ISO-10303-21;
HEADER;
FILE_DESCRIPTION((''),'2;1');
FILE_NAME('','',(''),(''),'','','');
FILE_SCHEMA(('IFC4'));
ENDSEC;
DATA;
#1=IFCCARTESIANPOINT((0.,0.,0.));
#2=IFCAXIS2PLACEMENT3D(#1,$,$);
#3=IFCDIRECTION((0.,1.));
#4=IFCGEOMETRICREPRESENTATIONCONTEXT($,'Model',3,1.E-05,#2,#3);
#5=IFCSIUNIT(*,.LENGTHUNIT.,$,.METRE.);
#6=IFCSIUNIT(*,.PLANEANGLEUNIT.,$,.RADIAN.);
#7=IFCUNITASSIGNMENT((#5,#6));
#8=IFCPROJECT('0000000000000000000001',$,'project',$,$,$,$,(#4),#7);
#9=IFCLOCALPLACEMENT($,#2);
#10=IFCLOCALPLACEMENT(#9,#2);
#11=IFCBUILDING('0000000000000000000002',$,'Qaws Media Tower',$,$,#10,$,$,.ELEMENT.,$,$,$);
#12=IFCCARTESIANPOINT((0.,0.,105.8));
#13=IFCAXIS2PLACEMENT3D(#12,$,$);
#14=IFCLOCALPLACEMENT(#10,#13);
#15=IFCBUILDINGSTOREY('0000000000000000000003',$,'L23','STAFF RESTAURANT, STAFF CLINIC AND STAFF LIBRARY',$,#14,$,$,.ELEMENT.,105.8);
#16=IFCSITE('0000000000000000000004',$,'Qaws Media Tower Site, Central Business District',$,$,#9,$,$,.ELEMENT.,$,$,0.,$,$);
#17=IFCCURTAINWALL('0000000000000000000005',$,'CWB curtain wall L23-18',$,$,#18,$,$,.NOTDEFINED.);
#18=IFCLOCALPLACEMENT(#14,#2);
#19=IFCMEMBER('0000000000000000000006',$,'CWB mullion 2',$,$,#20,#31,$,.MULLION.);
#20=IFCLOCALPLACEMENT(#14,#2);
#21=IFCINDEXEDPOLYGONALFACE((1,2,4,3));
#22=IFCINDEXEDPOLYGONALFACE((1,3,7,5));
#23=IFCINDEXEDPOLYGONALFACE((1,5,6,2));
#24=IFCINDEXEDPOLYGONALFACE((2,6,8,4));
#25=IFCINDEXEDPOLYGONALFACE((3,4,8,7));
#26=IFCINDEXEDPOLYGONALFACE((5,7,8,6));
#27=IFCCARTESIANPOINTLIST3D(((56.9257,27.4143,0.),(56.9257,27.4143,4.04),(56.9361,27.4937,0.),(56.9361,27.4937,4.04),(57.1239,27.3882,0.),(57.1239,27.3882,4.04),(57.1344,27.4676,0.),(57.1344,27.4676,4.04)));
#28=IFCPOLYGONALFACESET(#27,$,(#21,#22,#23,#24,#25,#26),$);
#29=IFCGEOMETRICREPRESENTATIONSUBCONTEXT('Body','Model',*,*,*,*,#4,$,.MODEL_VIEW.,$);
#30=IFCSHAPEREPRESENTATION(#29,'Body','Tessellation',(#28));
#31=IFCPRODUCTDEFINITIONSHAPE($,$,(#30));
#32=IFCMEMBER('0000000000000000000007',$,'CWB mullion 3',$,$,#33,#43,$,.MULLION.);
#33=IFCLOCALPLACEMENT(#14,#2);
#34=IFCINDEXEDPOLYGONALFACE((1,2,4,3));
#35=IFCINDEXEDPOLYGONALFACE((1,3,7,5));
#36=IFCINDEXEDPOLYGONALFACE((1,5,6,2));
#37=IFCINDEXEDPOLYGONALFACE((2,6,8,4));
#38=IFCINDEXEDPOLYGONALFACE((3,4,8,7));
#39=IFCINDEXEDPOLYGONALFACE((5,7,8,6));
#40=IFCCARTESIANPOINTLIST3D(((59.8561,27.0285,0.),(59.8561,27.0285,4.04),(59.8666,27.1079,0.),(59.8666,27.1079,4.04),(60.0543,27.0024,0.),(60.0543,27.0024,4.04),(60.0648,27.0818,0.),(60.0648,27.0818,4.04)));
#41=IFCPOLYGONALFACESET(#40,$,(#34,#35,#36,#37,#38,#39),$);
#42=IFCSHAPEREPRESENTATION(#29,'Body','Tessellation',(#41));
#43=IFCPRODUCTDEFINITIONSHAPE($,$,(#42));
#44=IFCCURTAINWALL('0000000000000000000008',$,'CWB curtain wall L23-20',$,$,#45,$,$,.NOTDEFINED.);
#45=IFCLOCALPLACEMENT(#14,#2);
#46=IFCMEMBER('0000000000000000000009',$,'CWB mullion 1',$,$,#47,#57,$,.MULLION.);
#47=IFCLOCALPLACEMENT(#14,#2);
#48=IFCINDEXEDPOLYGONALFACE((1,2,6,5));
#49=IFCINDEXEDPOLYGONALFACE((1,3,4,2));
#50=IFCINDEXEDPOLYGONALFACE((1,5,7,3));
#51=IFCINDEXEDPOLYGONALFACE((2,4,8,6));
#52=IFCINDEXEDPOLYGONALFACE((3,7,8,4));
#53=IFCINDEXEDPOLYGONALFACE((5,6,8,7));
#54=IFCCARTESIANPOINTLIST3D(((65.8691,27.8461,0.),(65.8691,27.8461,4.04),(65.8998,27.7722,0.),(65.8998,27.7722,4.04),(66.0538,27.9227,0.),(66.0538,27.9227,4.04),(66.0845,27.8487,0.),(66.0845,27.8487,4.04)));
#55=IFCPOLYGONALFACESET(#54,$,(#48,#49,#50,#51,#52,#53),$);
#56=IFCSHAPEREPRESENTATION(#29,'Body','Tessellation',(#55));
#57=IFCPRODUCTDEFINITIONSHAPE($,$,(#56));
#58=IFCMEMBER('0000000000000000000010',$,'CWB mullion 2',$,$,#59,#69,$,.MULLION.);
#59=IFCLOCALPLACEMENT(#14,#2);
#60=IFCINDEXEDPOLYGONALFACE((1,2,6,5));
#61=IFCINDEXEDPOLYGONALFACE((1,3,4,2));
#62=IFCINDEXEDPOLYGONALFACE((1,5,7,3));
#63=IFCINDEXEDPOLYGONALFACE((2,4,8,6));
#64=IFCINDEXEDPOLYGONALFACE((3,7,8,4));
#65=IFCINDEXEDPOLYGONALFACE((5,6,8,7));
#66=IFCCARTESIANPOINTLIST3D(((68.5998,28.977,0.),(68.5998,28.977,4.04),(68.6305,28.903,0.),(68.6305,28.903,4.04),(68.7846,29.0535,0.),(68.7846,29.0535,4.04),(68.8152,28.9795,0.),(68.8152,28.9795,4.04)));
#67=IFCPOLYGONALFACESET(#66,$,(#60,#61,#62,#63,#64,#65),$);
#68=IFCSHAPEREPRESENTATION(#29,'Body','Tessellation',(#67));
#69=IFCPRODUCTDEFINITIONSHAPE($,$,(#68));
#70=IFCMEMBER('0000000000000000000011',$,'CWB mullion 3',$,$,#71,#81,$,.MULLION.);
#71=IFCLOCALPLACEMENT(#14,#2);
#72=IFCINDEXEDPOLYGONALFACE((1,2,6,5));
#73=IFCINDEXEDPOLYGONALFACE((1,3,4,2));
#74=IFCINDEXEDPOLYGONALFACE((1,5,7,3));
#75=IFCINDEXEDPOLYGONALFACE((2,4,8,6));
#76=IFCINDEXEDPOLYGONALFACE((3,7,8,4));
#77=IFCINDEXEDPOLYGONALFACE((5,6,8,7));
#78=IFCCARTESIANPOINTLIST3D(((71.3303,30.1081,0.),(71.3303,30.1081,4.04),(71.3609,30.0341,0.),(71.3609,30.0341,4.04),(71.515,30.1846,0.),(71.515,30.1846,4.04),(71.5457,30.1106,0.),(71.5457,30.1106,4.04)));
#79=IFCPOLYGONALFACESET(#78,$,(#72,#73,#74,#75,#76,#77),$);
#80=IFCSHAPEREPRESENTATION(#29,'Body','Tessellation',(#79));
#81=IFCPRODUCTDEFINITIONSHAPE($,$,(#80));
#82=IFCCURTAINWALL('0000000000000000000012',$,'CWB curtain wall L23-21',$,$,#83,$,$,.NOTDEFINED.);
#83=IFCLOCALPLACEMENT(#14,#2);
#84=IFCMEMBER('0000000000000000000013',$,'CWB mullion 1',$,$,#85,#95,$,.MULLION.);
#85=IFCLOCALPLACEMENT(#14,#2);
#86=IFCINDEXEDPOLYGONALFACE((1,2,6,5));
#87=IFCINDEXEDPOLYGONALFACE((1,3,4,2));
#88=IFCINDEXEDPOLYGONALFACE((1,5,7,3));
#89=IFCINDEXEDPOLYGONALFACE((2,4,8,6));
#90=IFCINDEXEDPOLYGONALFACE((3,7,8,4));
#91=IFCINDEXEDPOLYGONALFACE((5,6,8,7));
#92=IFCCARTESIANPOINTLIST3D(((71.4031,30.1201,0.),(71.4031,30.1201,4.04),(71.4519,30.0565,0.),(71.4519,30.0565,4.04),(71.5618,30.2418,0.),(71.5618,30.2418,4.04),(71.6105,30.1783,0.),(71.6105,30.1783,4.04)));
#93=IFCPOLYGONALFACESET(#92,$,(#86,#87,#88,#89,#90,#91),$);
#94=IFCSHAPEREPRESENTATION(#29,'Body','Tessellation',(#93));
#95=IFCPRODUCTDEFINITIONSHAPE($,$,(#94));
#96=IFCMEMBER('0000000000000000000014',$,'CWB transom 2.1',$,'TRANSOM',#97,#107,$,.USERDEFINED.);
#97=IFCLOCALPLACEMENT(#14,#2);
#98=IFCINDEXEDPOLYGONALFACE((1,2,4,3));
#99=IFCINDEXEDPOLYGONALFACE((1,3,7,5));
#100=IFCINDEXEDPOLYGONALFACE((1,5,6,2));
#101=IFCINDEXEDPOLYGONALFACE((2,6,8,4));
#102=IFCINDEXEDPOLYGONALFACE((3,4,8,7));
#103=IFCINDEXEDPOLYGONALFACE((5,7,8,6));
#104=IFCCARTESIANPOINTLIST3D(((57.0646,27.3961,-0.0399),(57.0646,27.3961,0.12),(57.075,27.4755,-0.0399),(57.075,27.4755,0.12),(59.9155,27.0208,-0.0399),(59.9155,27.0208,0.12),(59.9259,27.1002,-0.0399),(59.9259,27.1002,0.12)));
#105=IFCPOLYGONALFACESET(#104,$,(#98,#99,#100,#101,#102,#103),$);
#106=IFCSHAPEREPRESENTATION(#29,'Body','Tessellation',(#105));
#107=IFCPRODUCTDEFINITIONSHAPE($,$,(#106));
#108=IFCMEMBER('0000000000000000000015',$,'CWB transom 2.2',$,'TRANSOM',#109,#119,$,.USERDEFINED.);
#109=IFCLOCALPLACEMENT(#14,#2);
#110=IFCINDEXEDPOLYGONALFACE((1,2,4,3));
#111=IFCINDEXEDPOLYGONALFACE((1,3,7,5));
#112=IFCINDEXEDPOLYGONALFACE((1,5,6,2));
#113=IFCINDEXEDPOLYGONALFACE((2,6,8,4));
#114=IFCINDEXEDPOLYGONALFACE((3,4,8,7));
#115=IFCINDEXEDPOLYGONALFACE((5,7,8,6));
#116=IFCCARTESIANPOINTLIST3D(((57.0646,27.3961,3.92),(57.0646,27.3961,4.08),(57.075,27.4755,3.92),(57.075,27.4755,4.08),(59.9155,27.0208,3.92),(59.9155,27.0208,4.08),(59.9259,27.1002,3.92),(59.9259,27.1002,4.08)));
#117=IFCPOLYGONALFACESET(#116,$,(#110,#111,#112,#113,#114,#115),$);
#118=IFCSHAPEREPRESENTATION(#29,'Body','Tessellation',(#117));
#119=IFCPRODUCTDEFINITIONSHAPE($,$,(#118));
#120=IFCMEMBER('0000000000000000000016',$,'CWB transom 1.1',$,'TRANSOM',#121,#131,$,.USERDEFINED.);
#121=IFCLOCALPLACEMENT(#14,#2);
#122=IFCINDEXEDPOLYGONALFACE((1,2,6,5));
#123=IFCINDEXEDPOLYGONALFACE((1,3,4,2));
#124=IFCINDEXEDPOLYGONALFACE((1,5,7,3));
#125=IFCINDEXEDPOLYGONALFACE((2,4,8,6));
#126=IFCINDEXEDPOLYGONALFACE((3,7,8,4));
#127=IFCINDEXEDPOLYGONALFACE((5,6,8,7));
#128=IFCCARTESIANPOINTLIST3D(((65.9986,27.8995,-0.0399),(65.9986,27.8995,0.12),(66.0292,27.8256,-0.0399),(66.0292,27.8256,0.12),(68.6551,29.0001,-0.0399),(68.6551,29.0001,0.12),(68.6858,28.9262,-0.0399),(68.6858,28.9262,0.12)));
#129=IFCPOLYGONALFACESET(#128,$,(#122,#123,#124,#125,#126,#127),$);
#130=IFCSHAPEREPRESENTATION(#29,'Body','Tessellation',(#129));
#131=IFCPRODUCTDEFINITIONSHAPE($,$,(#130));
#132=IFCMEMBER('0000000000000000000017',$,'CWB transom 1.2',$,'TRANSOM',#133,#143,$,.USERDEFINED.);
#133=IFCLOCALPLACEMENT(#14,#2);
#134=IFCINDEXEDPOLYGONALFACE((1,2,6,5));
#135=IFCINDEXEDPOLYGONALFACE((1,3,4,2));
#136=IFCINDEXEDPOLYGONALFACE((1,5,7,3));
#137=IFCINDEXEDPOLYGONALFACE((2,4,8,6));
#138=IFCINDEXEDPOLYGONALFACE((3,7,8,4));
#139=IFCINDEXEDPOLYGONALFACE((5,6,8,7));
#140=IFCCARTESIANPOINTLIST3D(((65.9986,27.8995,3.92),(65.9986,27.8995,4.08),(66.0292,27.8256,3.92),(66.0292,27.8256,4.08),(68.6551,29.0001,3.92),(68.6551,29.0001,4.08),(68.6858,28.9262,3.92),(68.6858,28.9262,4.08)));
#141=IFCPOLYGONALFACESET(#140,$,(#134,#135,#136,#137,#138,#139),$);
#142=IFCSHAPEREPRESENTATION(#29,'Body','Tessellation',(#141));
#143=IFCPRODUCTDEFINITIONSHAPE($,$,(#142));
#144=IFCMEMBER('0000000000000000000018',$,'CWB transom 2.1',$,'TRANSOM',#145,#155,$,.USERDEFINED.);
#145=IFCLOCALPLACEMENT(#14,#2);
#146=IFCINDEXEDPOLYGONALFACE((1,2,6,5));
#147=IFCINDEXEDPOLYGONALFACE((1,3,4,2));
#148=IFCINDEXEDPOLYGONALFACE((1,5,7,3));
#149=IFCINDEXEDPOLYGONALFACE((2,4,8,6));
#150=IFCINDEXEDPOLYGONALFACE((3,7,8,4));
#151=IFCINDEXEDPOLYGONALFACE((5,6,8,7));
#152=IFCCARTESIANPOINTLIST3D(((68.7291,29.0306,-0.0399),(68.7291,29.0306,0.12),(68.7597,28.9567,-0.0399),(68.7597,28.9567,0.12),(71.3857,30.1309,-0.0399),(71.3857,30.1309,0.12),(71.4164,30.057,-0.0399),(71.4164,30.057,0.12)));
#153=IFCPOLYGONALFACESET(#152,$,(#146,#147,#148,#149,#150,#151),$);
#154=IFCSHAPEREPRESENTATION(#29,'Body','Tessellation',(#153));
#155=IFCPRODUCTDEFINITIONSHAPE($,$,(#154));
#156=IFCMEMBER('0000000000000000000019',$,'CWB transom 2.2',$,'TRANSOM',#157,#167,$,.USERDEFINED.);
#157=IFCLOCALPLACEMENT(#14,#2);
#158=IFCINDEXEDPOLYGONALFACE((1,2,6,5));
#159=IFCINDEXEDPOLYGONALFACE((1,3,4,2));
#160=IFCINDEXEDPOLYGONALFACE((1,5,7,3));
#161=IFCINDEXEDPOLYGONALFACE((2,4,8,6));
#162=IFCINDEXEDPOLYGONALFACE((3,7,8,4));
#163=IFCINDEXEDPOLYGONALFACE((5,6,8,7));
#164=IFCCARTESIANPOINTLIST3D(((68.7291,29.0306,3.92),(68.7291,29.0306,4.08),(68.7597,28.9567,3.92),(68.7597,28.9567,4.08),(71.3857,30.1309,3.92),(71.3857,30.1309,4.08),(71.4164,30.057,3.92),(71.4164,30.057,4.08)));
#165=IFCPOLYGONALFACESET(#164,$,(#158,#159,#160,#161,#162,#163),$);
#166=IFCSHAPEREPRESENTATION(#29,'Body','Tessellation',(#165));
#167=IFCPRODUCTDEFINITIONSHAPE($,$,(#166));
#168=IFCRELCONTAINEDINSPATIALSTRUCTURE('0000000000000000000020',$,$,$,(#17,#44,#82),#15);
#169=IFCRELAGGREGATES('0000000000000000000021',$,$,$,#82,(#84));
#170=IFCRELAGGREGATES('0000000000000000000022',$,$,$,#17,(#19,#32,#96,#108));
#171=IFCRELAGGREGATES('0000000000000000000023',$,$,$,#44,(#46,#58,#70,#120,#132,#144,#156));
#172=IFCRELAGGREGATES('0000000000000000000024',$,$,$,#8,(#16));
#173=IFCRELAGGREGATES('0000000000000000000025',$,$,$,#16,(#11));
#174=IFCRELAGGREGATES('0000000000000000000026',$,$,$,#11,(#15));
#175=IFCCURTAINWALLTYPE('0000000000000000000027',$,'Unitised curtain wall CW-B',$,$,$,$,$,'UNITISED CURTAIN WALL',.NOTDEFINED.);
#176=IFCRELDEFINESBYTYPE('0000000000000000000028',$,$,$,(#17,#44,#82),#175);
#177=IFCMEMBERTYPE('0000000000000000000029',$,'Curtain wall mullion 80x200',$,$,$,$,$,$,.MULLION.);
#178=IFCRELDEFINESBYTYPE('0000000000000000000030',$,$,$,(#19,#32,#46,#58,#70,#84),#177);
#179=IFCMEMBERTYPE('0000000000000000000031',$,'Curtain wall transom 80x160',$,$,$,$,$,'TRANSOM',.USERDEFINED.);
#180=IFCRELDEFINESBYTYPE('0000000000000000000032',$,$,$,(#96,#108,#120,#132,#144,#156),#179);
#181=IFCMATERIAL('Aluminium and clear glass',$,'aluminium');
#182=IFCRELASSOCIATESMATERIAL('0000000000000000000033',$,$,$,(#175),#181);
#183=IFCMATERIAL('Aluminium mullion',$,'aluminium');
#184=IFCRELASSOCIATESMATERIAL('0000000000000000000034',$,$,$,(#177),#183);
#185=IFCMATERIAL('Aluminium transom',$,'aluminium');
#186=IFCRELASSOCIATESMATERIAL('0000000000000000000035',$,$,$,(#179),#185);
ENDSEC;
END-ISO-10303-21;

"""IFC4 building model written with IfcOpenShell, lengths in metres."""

from ifc_helpers import new_model, si_unit, direction, frame, origin, origin_2d, place, context, subcontext, project, spatial, rectangle, extrude, material, material_profile, profile_set, type_object, element, aggregate, save


model = new_model("IFC4")

# Units and contexts
model_context = context("Model", 3, precision=1e-05, world=origin(), true_north=direction((0.0, 1.0)))
body_context = subcontext(model_context, "Body", "Model", "MODEL_VIEW")
ifc_project = project(units=[si_unit("LENGTHUNIT", "METRE"), si_unit("PLANEANGLEUNIT", "RADIAN")], contexts=[model_context])

# Site, building, storey
site_placement = place(None, origin())
site = spatial("IfcSite", under=ifc_project, at=site_placement, Name="Qaws Media Tower Site, Central Business District", CompositionType="ELEMENT", RefElevation=0.0)
building_placement = place(site_placement, origin())
building = spatial("IfcBuilding", under=site, at=building_placement, Name="Qaws Media Tower", CompositionType="ELEMENT")
storey_placement = place(building_placement, frame((0.0, 0.0, 105.8)))
storey = spatial("IfcBuildingStorey", under=building, at=storey_placement, Name="L23", Description="STAFF RESTAURANT, STAFF CLINIC AND STAFF LIBRARY", CompositionType="ELEMENT", Elevation=105.8)

# Curtain walls, members
ifc_material_1 = material(Name="Aluminium and clear glass", Category="aluminium")
curtain_wall_type = type_object("IfcCurtainWallType", Name="Unitised curtain wall CW-B", ElementType="UNITISED CURTAIN WALL", PredefinedType="NOTDEFINED", material=ifc_material_1)
curtain_wall_1_placement = place(storey_placement, origin())
curtain_wall_1 = element("IfcCurtainWall", 1, at=curtain_wall_1_placement, inside=storey, type_object=curtain_wall_type, Name="CWB curtain wall L23-18", PredefinedType="NOTDEFINED")
ifc_material_2 = material(Name="Aluminium mullion", Category="aluminium")
ifc_material_profile_1 = material_profile(ifc_material_2, rectangle(XDim=0.0801, YDim=0.2, at=origin_2d()), Name="80x200")
ifc_profile_set_1 = profile_set([ifc_material_profile_1], Name="Aluminium mullion")
member_type_1 = type_object("IfcMemberType", Name="Curtain wall mullion 80x200", PredefinedType="MULLION", material=ifc_profile_set_1)
member_1_placement = place(storey_placement, frame((57.03, 27.4409, 0.0), z_axis=(0.0, 0.0, 1.0), x_axis=(0.130526, 0.991445, 0.0)))
member_1 = element("IfcMember", 2, at=member_1_placement, type_object=member_type_1, Name="CWB mullion 2", PredefinedType="MULLION", context=body_context, shape_type="SweptSolid", body=[
    extrude(rectangle(XDim=0.0801, YDim=0.2, at=origin_2d()), origin(), (0.0, 0.0, 1.0), 4.04),
])
member_2_placement = place(storey_placement, frame((59.9604, 27.0552, 0.0), z_axis=(0.0, 0.0, 1.0), x_axis=(0.130526, 0.991445, 0.0)))
member_2 = element("IfcMember", 3, at=member_2_placement, type_object=member_type_1, Name="CWB mullion 3", PredefinedType="MULLION", context=body_context, shape_type="SweptSolid", body=[
    extrude(rectangle(XDim=0.0801, YDim=0.2, at=origin_2d()), origin(), (0.0, 0.0, 1.0), 4.04),
])
curtain_wall_2_placement = place(storey_placement, origin())
curtain_wall_2 = element("IfcCurtainWall", 4, at=curtain_wall_2_placement, inside=storey, type_object=curtain_wall_type, Name="CWB curtain wall L23-20", PredefinedType="NOTDEFINED")
member_3_placement = place(storey_placement, frame((65.9768, 27.8474, 0.0), z_axis=(0.0, 0.0, 1.0), x_axis=(-0.382683, 0.92388, 0.0)))
member_3 = element("IfcMember", 5, at=member_3_placement, type_object=member_type_1, Name="CWB mullion 1", PredefinedType="MULLION", context=body_context, shape_type="SweptSolid", body=[
    extrude(rectangle(XDim=0.0801, YDim=0.2, at=origin_2d()), origin(), (0.0, 0.0, 1.0), 4.04),
])
member_4_placement = place(storey_placement, frame((68.7075, 28.9783, 0.0), z_axis=(0.0, 0.0, 1.0), x_axis=(-0.382683, 0.92388, 0.0)))
member_4 = element("IfcMember", 6, at=member_4_placement, type_object=member_type_1, Name="CWB mullion 2", PredefinedType="MULLION", context=body_context, shape_type="SweptSolid", body=[
    extrude(rectangle(XDim=0.0801, YDim=0.2, at=origin_2d()), origin(), (0.0, 0.0, 1.0), 4.04),
])
member_5_placement = place(storey_placement, frame((71.438, 30.1094, 0.0), z_axis=(0.0, 0.0, 1.0), x_axis=(-0.382683, 0.92388, 0.0)))
member_5 = element("IfcMember", 7, at=member_5_placement, type_object=member_type_1, Name="CWB mullion 3", PredefinedType="MULLION", context=body_context, shape_type="SweptSolid", body=[
    extrude(rectangle(XDim=0.0801, YDim=0.2, at=origin_2d()), origin(), (0.0, 0.0, 1.0), 4.04),
])

# Curtain wall, member
curtain_wall_3_placement = place(storey_placement, origin())
curtain_wall_3 = element("IfcCurtainWall", 8, at=curtain_wall_3_placement, inside=storey, type_object=curtain_wall_type, Name="CWB curtain wall L23-21", PredefinedType="NOTDEFINED")
member_6_placement = place(storey_placement, frame((71.5068, 30.1492, 0.0), z_axis=(0.0, 0.0, 1.0), x_axis=(-0.608761, 0.793353, 0.0)))
member_6 = element("IfcMember", 9, at=member_6_placement, type_object=member_type_1, Name="CWB mullion 1", PredefinedType="MULLION", context=body_context, shape_type="SweptSolid", body=[
    extrude(rectangle(XDim=0.0801, YDim=0.2, at=origin_2d()), origin(), (0.0, 0.0, 1.0), 4.04),
])
aggregate(curtain_wall_3, [member_6])

# Members
ifc_material_3 = material(Name="Aluminium transom", Category="aluminium")
ifc_material_profile_2 = material_profile(ifc_material_3, rectangle(XDim=0.0801, YDim=0.1599, at=origin_2d()), Name="80x160")
ifc_profile_set_2 = profile_set([ifc_material_profile_2], Name="Aluminium transom")
member_type_2 = type_object("IfcMemberType", Name="Curtain wall transom 80x160", ElementType="TRANSOM", PredefinedType="USERDEFINED", material=ifc_profile_set_2)
member_7_placement = place(storey_placement, frame((57.0698, 27.4358, 0.04), z_axis=(0.991448, -0.130501, 0.0), x_axis=(0.130501, 0.991448, 0.0)))
member_7 = element("IfcMember", 10, at=member_7_placement, type_object=member_type_2, Name="CWB transom 2.1", ObjectType="TRANSOM", PredefinedType="USERDEFINED", context=body_context, shape_type="SweptSolid", body=[
    extrude(rectangle(XDim=0.0801, YDim=0.1599, at=origin_2d()), origin(), (0.0, 0.0, 1.0), 2.8755),
])
member_8_placement = place(storey_placement, frame((57.0698, 27.4358, 4.0), z_axis=(0.991448, -0.130501, 0.0), x_axis=(0.130501, 0.991448, 0.0)))
member_8 = element("IfcMember", 11, at=member_8_placement, type_object=member_type_2, Name="CWB transom 2.2", ObjectType="TRANSOM", PredefinedType="USERDEFINED", context=body_context, shape_type="SweptSolid", body=[
    extrude(rectangle(XDim=0.0801, YDim=0.1599, at=origin_2d()), origin(), (0.0, 0.0, 1.0), 2.8755),
])
member_9_placement = place(storey_placement, frame((66.0139, 27.8625, 0.04), z_axis=(0.923851, 0.382752, 0.0), x_axis=(-0.382752, 0.923851, 0.0)))
member_9 = element("IfcMember", 12, at=member_9_placement, type_object=member_type_2, Name="CWB transom 1.1", ObjectType="TRANSOM", PredefinedType="USERDEFINED", context=body_context, shape_type="SweptSolid", body=[
    extrude(rectangle(XDim=0.0801, YDim=0.1599, at=origin_2d()), origin(), (0.0, 0.0, 1.0), 2.8755),
])
member_10_placement = place(storey_placement, frame((66.0139, 27.8625, 4.0), z_axis=(0.923851, 0.382752, 0.0), x_axis=(-0.382752, 0.923851, 0.0)))
member_10 = element("IfcMember", 13, at=member_10_placement, type_object=member_type_2, Name="CWB transom 1.2", ObjectType="TRANSOM", PredefinedType="USERDEFINED", context=body_context, shape_type="SweptSolid", body=[
    extrude(rectangle(XDim=0.0801, YDim=0.1599, at=origin_2d()), origin(), (0.0, 0.0, 1.0), 2.8755),
])
member_11_placement = place(storey_placement, frame((68.7444, 28.9937, 0.04), z_axis=(0.923894, 0.382649, 0.0), x_axis=(-0.382649, 0.923894, 0.0)))
member_11 = element("IfcMember", 14, at=member_11_placement, type_object=member_type_2, Name="CWB transom 2.1", ObjectType="TRANSOM", PredefinedType="USERDEFINED", context=body_context, shape_type="SweptSolid", body=[
    extrude(rectangle(XDim=0.0801, YDim=0.1599, at=origin_2d()), origin(), (0.0, 0.0, 1.0), 2.8755),
])
member_12_placement = place(storey_placement, frame((68.7444, 28.9937, 4.0), z_axis=(0.923894, 0.382649, 0.0), x_axis=(-0.382649, 0.923894, 0.0)))
member_12 = element("IfcMember", 15, at=member_12_placement, type_object=member_type_2, Name="CWB transom 2.2", ObjectType="TRANSOM", PredefinedType="USERDEFINED", context=body_context, shape_type="SweptSolid", body=[
    extrude(rectangle(XDim=0.0801, YDim=0.1599, at=origin_2d()), origin(), (0.0, 0.0, 1.0), 2.8755),
])

aggregate(curtain_wall_1, [member_1, member_2, member_7, member_8])
aggregate(curtain_wall_2, [member_3, member_4, member_5, member_9, member_10, member_11, member_12])

save(model, "model.ifc")
